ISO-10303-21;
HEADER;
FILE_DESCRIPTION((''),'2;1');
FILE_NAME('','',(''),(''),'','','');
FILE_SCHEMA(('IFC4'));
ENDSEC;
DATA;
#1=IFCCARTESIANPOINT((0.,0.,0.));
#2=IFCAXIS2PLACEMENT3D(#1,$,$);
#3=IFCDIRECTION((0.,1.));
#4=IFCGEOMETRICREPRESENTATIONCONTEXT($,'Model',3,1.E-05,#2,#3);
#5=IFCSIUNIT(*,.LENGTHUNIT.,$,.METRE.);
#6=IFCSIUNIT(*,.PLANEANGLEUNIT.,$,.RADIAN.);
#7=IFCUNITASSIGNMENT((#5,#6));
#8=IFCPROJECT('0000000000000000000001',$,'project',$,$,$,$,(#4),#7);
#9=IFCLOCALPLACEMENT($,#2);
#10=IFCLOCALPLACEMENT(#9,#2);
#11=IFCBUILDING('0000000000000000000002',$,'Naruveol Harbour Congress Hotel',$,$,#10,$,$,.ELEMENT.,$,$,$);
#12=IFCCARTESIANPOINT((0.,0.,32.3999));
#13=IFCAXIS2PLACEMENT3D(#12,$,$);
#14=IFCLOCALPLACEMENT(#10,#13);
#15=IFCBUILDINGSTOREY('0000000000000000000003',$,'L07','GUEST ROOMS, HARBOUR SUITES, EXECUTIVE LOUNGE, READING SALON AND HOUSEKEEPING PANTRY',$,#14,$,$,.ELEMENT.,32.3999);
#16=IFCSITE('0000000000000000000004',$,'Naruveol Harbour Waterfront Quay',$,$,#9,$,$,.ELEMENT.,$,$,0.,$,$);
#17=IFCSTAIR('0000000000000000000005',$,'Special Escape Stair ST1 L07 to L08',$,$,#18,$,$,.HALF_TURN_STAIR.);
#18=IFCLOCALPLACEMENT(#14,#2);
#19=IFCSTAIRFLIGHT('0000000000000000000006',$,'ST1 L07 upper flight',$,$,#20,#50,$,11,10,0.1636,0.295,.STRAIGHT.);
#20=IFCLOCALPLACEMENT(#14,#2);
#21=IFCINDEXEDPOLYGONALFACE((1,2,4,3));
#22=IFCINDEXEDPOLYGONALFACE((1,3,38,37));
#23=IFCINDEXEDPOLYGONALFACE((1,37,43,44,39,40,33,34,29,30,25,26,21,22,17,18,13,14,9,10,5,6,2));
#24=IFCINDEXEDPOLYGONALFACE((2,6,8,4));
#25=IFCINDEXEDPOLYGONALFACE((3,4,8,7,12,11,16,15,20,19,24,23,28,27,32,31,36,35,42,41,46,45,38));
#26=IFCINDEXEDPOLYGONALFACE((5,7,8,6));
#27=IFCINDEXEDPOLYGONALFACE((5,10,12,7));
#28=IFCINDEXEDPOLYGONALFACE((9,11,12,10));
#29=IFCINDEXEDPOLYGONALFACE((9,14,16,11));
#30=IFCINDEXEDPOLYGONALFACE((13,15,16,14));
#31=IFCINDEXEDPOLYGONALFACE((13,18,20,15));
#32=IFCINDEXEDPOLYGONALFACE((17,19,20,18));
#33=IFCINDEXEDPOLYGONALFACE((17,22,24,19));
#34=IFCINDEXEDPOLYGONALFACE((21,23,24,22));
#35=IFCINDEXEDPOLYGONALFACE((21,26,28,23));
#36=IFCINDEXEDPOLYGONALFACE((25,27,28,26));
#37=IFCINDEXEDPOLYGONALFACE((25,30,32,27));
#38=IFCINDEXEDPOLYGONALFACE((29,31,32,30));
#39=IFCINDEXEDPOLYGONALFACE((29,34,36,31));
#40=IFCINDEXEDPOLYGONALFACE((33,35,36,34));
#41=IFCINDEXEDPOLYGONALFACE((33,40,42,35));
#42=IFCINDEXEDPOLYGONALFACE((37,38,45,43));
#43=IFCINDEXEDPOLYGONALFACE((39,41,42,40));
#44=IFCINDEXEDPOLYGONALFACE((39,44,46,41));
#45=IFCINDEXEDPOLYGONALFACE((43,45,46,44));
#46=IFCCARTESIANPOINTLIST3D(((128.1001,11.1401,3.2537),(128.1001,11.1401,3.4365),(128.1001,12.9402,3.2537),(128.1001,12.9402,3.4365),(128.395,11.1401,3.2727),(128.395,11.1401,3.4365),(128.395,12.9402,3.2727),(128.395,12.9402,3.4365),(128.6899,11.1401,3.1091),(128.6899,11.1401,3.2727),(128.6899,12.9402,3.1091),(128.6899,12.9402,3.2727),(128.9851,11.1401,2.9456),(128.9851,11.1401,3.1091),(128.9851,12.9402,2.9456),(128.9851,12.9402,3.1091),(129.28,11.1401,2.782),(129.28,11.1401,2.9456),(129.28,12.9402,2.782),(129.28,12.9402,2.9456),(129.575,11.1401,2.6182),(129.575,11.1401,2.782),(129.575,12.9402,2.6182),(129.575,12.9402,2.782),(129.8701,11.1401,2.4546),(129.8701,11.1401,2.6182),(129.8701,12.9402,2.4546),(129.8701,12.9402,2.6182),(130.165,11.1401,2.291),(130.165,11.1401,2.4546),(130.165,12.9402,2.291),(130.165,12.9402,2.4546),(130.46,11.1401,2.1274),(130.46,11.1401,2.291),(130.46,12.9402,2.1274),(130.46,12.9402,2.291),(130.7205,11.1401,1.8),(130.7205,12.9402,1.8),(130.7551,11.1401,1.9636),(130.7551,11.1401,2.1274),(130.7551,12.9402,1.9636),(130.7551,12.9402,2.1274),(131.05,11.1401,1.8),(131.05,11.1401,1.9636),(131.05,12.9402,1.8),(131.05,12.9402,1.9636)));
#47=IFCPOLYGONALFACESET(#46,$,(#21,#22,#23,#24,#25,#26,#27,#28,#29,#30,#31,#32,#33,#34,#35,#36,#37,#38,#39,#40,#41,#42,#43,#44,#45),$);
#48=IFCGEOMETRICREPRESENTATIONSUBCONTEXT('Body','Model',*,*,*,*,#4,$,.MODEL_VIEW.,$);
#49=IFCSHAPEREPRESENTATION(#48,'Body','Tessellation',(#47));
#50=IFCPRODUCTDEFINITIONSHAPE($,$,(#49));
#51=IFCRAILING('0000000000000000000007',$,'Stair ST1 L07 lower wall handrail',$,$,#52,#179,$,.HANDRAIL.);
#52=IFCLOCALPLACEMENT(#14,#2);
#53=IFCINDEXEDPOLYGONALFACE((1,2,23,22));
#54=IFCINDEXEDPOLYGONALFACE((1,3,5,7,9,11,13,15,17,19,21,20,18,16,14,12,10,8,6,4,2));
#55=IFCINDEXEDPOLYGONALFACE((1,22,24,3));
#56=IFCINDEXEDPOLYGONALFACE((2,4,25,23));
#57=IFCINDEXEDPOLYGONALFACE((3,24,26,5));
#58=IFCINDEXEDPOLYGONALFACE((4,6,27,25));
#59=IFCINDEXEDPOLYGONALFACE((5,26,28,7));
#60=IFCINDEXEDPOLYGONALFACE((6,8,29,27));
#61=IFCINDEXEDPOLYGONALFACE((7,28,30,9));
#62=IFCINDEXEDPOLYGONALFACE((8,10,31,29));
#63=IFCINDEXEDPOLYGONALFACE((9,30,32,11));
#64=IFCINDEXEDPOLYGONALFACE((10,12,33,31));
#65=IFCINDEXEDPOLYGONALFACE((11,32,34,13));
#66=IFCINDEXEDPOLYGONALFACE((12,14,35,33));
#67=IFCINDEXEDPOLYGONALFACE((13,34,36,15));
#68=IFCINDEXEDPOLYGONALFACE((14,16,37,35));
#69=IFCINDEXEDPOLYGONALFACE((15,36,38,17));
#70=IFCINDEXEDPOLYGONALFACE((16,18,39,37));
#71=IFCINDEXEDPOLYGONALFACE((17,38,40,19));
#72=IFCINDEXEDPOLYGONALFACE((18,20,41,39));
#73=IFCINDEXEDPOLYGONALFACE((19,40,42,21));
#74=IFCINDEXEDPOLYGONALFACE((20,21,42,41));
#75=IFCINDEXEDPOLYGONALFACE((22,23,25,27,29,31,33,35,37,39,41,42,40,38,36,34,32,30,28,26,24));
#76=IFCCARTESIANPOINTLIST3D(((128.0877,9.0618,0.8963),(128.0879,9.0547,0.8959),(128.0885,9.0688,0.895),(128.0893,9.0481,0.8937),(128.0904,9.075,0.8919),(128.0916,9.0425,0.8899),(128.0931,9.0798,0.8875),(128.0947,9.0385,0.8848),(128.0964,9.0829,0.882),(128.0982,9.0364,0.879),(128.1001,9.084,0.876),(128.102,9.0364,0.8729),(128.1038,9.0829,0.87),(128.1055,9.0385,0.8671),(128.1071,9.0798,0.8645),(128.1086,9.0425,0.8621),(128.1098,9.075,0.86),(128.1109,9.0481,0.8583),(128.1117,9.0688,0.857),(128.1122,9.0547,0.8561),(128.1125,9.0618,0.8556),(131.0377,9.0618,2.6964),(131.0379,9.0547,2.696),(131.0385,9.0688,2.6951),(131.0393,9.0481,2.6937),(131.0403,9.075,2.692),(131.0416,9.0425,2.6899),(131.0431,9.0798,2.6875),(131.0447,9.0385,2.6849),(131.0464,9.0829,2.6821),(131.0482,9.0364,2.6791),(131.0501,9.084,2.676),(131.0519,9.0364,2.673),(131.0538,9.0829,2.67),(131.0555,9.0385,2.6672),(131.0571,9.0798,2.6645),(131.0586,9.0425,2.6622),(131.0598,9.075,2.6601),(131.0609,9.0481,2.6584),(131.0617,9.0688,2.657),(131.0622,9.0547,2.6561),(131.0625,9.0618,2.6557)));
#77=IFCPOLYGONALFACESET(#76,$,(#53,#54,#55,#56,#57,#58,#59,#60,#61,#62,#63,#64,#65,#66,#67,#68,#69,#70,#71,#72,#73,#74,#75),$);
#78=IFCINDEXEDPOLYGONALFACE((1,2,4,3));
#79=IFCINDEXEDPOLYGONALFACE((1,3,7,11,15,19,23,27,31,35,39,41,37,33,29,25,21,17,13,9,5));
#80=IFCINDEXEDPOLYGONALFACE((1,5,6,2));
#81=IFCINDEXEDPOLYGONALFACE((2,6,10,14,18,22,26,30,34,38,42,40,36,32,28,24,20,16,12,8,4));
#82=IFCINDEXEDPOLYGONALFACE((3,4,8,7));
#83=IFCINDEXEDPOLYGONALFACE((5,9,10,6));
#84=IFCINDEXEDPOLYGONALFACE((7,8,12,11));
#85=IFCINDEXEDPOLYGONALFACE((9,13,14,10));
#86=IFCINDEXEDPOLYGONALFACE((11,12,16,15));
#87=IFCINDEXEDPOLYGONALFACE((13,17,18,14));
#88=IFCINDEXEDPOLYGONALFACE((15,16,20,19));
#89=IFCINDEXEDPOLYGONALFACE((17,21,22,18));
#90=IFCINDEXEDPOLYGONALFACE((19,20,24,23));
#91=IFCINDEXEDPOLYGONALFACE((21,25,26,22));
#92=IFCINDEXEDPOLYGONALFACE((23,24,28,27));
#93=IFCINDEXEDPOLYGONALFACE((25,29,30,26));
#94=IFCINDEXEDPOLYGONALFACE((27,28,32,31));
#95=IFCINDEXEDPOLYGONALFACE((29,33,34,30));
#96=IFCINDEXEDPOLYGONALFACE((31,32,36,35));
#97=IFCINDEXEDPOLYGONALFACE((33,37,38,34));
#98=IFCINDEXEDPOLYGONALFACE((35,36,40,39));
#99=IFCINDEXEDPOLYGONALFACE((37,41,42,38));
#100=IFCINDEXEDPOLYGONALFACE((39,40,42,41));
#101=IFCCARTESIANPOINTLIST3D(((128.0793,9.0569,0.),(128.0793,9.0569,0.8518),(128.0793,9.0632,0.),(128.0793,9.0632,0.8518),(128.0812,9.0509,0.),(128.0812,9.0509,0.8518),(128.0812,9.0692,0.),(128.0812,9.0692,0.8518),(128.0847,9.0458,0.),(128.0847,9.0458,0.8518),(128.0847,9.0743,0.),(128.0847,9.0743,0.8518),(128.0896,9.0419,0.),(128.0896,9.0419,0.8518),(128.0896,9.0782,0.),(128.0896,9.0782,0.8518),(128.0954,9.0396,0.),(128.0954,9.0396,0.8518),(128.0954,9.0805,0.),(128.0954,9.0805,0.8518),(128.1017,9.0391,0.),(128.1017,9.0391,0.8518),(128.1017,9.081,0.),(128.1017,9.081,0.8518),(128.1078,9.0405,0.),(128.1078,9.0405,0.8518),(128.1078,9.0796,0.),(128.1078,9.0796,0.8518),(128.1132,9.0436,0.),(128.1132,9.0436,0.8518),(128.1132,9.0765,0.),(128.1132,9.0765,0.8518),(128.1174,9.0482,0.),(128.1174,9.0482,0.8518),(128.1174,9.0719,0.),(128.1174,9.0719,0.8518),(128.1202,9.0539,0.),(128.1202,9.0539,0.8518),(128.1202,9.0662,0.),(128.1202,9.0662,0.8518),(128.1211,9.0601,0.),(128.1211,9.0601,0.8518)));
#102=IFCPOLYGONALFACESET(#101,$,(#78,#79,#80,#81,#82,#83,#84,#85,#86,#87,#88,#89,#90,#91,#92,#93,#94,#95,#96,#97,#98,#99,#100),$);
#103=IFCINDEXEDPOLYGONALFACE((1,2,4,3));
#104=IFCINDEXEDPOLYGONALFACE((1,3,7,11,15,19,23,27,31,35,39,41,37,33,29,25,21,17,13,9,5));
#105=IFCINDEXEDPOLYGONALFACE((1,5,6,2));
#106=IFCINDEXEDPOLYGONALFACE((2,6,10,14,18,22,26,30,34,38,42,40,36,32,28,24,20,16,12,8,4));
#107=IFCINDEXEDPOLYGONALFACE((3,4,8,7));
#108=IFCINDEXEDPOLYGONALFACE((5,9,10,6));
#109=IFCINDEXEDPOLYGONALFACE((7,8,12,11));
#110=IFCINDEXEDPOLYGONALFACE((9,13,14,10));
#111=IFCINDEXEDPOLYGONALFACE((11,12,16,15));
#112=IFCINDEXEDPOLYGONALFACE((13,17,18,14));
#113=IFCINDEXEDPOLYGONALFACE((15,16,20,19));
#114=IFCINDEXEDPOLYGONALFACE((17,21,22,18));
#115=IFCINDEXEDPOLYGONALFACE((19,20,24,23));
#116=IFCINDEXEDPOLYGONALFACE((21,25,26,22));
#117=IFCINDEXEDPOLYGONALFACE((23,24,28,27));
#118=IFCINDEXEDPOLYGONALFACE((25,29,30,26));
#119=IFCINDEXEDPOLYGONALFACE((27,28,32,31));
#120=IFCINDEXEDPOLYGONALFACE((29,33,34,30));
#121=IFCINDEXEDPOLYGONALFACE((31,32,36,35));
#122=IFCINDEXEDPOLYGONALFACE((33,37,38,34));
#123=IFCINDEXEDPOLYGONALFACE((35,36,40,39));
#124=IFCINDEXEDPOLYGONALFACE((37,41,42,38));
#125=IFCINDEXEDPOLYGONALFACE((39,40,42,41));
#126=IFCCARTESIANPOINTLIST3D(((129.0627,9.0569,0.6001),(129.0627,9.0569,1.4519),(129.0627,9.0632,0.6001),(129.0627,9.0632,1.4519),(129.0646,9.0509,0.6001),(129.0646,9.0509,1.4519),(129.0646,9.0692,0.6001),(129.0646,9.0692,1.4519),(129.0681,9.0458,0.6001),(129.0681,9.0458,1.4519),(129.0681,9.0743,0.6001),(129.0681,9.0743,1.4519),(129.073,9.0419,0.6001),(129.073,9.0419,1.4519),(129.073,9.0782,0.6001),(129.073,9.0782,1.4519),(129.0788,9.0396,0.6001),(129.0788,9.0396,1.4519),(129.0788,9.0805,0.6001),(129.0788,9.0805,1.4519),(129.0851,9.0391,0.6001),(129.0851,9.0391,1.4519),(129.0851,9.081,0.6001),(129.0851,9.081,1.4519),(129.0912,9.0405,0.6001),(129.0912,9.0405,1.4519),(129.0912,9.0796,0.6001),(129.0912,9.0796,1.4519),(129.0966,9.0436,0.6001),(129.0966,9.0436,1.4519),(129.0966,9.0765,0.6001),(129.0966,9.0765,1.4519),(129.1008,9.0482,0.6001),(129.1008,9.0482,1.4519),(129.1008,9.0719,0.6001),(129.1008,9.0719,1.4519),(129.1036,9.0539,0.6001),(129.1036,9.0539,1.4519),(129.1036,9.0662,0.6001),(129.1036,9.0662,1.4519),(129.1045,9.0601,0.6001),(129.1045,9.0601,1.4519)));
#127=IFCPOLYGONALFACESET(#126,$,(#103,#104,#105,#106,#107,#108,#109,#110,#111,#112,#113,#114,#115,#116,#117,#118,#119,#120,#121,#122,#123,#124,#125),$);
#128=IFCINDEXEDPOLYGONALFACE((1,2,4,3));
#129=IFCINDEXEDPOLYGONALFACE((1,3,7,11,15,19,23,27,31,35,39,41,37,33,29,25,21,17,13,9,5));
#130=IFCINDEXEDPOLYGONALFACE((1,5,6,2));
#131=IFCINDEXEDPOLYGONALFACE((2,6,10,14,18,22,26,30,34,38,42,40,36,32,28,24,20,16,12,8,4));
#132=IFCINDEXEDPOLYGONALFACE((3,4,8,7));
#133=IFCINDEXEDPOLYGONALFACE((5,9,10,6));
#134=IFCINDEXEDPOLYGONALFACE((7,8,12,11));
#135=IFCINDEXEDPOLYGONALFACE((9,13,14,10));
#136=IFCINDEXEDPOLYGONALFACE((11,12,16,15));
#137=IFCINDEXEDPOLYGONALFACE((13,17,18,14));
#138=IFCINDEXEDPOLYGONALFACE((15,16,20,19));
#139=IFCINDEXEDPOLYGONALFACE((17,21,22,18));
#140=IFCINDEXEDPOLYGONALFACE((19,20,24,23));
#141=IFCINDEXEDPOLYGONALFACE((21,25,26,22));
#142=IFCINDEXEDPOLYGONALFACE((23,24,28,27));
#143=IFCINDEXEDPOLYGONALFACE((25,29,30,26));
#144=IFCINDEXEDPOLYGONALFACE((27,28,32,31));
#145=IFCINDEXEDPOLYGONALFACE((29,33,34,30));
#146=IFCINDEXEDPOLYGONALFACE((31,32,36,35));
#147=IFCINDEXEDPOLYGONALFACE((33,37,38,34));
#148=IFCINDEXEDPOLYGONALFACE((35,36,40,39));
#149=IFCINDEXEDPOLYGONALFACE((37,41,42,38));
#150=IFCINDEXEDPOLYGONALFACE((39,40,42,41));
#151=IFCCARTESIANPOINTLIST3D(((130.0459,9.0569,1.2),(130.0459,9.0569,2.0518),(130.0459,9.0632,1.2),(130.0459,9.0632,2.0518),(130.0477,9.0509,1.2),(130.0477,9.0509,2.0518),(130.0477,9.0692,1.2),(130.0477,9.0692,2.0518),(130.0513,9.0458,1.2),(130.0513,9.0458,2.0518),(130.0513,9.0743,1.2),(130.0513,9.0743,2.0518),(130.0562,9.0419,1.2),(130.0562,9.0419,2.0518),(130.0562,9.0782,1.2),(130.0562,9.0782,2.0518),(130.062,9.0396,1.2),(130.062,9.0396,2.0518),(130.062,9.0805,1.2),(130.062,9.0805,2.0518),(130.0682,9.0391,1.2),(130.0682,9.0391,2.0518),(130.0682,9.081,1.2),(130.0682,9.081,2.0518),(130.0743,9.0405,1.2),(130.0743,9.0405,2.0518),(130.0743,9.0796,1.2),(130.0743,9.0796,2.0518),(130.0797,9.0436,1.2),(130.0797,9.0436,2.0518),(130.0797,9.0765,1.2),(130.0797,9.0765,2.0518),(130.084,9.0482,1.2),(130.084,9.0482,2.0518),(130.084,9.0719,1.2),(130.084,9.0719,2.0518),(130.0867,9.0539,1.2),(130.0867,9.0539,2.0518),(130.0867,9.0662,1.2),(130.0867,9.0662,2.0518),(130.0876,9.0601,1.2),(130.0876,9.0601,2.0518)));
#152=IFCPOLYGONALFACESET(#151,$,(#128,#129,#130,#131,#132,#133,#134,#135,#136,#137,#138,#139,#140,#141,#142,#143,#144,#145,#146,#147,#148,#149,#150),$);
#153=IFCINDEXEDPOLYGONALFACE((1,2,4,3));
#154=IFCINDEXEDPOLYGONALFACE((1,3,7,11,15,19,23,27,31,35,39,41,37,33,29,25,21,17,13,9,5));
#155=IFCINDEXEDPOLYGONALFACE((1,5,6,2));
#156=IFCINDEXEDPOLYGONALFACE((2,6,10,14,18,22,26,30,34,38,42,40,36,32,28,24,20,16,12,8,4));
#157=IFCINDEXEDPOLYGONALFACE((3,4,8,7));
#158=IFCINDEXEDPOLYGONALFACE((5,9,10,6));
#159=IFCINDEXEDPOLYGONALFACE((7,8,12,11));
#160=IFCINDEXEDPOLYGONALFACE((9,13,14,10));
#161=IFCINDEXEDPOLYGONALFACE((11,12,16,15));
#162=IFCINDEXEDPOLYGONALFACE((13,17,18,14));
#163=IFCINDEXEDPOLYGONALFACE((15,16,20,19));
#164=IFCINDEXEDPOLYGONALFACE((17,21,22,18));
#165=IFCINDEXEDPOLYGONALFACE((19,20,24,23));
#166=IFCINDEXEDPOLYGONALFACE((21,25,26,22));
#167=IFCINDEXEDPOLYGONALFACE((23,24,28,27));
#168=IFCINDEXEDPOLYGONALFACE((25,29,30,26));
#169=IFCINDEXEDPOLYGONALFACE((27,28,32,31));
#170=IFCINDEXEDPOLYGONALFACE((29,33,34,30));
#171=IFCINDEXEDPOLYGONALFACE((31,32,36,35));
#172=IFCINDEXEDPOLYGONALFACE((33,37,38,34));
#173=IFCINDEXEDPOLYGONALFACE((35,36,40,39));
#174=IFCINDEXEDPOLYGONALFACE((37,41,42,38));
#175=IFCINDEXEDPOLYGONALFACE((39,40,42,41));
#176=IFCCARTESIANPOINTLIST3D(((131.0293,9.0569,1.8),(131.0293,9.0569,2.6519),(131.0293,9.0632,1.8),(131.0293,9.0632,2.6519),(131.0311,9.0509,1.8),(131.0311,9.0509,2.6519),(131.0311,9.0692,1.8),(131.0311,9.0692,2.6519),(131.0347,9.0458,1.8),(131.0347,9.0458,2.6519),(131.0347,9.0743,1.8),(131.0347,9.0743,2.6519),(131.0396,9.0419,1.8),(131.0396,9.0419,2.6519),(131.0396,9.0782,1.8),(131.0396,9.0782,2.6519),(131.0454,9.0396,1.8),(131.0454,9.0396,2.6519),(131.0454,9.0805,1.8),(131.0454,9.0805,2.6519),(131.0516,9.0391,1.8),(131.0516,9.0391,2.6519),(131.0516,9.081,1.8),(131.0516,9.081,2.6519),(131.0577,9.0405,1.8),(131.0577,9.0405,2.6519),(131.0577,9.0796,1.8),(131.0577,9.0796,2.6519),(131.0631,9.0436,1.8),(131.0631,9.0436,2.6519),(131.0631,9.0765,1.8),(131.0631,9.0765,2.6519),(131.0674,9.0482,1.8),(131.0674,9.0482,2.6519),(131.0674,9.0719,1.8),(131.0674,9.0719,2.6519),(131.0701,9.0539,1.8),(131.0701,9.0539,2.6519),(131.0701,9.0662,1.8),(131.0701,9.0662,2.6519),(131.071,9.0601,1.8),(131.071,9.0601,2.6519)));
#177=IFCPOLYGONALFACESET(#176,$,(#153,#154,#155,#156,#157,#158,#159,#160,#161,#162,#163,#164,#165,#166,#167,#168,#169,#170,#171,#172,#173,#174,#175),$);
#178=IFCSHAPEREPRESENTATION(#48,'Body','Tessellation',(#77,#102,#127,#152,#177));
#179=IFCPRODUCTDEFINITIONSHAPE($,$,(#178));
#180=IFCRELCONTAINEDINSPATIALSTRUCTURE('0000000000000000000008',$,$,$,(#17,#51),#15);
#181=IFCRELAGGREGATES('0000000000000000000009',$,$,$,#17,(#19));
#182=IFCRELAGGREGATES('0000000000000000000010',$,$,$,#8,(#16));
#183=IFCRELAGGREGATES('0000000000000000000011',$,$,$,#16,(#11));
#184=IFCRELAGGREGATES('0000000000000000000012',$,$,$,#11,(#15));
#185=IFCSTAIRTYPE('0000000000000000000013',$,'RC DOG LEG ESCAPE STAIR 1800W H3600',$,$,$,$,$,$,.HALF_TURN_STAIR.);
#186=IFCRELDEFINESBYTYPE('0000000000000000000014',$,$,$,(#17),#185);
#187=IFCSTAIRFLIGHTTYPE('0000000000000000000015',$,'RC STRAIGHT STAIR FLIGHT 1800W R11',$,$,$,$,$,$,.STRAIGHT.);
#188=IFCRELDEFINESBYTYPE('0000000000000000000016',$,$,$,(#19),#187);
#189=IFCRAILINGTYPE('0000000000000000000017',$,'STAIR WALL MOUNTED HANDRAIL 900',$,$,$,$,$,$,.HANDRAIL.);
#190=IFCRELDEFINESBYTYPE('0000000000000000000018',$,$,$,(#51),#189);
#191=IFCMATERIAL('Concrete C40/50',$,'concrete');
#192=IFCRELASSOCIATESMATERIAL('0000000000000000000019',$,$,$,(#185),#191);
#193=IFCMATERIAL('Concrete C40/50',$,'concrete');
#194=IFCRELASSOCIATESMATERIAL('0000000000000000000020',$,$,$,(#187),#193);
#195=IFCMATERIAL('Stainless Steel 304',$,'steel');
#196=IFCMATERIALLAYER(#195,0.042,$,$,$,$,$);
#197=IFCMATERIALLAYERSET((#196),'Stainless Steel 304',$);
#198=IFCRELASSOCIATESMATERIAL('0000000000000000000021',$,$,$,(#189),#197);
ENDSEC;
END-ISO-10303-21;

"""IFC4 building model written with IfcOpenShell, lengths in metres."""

from ifc_helpers import new_model, si_unit, direction, frame, origin, origin_2d, place, context, subcontext, project, spatial, polyline, circle, outline, extrude, material, layer, layer_set, type_object, element, aggregate, save


model = new_model("IFC4")

# Units and contexts
model_context = context("Model", 3, precision=1e-05, world=origin(), true_north=direction((0.0, 1.0)))
body_context = subcontext(model_context, "Body", "Model", "MODEL_VIEW")
ifc_project = project(units=[si_unit("LENGTHUNIT", "METRE"), si_unit("PLANEANGLEUNIT", "RADIAN")], contexts=[model_context])

# Site, building, storey
site_placement = place(None, origin())
site = spatial("IfcSite", under=ifc_project, at=site_placement, Name="Naruveol Harbour Waterfront Quay", CompositionType="ELEMENT", RefElevation=0.0)
building_placement = place(site_placement, origin())
building = spatial("IfcBuilding", under=site, at=building_placement, Name="Naruveol Harbour Congress Hotel", CompositionType="ELEMENT")
storey_placement = place(building_placement, frame((0.0, 0.0, 32.3999)))
storey = spatial("IfcBuildingStorey", under=building, at=storey_placement, Name="L07", Description="GUEST ROOMS, HARBOUR SUITES, EXECUTIVE LOUNGE, READING SALON AND HOUSEKEEPING PANTRY", CompositionType="ELEMENT", Elevation=32.3999)

# Stair, stair flight
ifc_material_1 = material(Name="Concrete C40/50", Category="concrete")
stair_type = type_object("IfcStairType", Name="RC DOG LEG ESCAPE STAIR 1800W H3600", PredefinedType="HALF_TURN_STAIR", material=ifc_material_1)
stair_placement = place(storey_placement, origin())
stair = element("IfcStair", 1, at=stair_placement, inside=storey, type_object=stair_type, Name="Special Escape Stair ST1 L07 to L08", PredefinedType="HALF_TURN_STAIR")
ifc_material_2 = material(Name="Concrete C40/50", Category="concrete")
stair_flight_type = type_object("IfcStairFlightType", Name="RC STRAIGHT STAIR FLIGHT 1800W R11", PredefinedType="STRAIGHT", material=ifc_material_2)
stair_flight_placement = place(storey_placement, frame((131.05, 12.04, 1.8), z_axis=(0.0, 0.0, 1.0), x_axis=(-1.0, 0.0, 0.0)))
stair_flight = element("IfcStairFlight", 2, at=stair_flight_placement, type_object=stair_flight_type, Name="ST1 L07 upper flight", NumberOfRisers=11, NumberOfTreads=10, PredefinedType="STRAIGHT", RiserHeight=0.1636, TreadLength=0.295, context=body_context, shape_type="SweptSolid", body=[
    extrude(outline(polyline([(0.0, 0.0), (0.0, 0.1636), (0.2949, 0.1636), (0.2949, 0.3274), (0.5901, 0.3274), (0.5901, 0.491), (0.885, 0.491), (0.885, 0.6545), (1.1799, 0.6545), (1.1799, 0.8181), (1.4751, 0.8181), (1.4751, 0.9819), (1.77, 0.9819), (1.77, 1.1455), (2.0649, 1.1455), (2.0649, 1.3091), (2.3601, 1.3091), (2.3601, 1.4727), (2.655, 1.4727), (2.655, 1.6365), (2.95, 1.6365), (2.95, 1.8), (2.95, 1.4536), (0.3296, 0.0), (0.0, 0.0)])), frame((0.0, 0.8999, 0.0), z_axis=(0.0, -1.0, 0.0), x_axis=(1.0, 0.0, 0.0)), (0.0, 0.0, 1.0), 1.8),
])
aggregate(stair, [stair_flight])

# Railing
ifc_material_3 = material(Name="Stainless Steel 304", Category="steel")
ifc_layer_1 = layer(ifc_material_3, 0.042)
ifc_layer_set_1 = layer_set([ifc_layer_1], Name="Stainless Steel 304")
railing_type_1 = type_object("IfcRailingType", Name="STAIR WALL MOUNTED HANDRAIL 900", PredefinedType="HANDRAIL", material=ifc_layer_set_1)
railing_1_placement = place(storey_placement, frame((128.1001, 9.0601, 0.0)))
element("IfcRailing", 3, at=railing_1_placement, inside=storey, type_object=railing_type_1, Name="Stair ST1 L07 lower wall handrail", PredefinedType="HANDRAIL", context=body_context, shape_type="SweptSolid", body=[
    extrude(circle(Radius=0.0239, at=origin_2d()), frame((0.0, 0.0, 0.876), z_axis=(0.853629, 0.0, 0.520881), x_axis=(0.0, 1.0, 0.0)), (0.0, 0.0, 1.0), 3.4558),
    extrude(circle(Radius=0.021, at=origin_2d()), origin(), (0.0, 0.0, 1.0), 0.8518),
    extrude(circle(Radius=0.021, at=origin_2d()), frame((0.9834, 0.0, 0.6001)), (0.0, 0.0, 1.0), 0.8518),
    extrude(circle(Radius=0.021, at=origin_2d()), frame((1.9666, 0.0, 1.2)), (0.0, 0.0, 1.0), 0.8518),
    extrude(circle(Radius=0.021, at=origin_2d()), frame((2.95, 0.0, 1.8)), (0.0, 0.0, 1.0), 0.8518),
])

save(model, "model.ifc")
